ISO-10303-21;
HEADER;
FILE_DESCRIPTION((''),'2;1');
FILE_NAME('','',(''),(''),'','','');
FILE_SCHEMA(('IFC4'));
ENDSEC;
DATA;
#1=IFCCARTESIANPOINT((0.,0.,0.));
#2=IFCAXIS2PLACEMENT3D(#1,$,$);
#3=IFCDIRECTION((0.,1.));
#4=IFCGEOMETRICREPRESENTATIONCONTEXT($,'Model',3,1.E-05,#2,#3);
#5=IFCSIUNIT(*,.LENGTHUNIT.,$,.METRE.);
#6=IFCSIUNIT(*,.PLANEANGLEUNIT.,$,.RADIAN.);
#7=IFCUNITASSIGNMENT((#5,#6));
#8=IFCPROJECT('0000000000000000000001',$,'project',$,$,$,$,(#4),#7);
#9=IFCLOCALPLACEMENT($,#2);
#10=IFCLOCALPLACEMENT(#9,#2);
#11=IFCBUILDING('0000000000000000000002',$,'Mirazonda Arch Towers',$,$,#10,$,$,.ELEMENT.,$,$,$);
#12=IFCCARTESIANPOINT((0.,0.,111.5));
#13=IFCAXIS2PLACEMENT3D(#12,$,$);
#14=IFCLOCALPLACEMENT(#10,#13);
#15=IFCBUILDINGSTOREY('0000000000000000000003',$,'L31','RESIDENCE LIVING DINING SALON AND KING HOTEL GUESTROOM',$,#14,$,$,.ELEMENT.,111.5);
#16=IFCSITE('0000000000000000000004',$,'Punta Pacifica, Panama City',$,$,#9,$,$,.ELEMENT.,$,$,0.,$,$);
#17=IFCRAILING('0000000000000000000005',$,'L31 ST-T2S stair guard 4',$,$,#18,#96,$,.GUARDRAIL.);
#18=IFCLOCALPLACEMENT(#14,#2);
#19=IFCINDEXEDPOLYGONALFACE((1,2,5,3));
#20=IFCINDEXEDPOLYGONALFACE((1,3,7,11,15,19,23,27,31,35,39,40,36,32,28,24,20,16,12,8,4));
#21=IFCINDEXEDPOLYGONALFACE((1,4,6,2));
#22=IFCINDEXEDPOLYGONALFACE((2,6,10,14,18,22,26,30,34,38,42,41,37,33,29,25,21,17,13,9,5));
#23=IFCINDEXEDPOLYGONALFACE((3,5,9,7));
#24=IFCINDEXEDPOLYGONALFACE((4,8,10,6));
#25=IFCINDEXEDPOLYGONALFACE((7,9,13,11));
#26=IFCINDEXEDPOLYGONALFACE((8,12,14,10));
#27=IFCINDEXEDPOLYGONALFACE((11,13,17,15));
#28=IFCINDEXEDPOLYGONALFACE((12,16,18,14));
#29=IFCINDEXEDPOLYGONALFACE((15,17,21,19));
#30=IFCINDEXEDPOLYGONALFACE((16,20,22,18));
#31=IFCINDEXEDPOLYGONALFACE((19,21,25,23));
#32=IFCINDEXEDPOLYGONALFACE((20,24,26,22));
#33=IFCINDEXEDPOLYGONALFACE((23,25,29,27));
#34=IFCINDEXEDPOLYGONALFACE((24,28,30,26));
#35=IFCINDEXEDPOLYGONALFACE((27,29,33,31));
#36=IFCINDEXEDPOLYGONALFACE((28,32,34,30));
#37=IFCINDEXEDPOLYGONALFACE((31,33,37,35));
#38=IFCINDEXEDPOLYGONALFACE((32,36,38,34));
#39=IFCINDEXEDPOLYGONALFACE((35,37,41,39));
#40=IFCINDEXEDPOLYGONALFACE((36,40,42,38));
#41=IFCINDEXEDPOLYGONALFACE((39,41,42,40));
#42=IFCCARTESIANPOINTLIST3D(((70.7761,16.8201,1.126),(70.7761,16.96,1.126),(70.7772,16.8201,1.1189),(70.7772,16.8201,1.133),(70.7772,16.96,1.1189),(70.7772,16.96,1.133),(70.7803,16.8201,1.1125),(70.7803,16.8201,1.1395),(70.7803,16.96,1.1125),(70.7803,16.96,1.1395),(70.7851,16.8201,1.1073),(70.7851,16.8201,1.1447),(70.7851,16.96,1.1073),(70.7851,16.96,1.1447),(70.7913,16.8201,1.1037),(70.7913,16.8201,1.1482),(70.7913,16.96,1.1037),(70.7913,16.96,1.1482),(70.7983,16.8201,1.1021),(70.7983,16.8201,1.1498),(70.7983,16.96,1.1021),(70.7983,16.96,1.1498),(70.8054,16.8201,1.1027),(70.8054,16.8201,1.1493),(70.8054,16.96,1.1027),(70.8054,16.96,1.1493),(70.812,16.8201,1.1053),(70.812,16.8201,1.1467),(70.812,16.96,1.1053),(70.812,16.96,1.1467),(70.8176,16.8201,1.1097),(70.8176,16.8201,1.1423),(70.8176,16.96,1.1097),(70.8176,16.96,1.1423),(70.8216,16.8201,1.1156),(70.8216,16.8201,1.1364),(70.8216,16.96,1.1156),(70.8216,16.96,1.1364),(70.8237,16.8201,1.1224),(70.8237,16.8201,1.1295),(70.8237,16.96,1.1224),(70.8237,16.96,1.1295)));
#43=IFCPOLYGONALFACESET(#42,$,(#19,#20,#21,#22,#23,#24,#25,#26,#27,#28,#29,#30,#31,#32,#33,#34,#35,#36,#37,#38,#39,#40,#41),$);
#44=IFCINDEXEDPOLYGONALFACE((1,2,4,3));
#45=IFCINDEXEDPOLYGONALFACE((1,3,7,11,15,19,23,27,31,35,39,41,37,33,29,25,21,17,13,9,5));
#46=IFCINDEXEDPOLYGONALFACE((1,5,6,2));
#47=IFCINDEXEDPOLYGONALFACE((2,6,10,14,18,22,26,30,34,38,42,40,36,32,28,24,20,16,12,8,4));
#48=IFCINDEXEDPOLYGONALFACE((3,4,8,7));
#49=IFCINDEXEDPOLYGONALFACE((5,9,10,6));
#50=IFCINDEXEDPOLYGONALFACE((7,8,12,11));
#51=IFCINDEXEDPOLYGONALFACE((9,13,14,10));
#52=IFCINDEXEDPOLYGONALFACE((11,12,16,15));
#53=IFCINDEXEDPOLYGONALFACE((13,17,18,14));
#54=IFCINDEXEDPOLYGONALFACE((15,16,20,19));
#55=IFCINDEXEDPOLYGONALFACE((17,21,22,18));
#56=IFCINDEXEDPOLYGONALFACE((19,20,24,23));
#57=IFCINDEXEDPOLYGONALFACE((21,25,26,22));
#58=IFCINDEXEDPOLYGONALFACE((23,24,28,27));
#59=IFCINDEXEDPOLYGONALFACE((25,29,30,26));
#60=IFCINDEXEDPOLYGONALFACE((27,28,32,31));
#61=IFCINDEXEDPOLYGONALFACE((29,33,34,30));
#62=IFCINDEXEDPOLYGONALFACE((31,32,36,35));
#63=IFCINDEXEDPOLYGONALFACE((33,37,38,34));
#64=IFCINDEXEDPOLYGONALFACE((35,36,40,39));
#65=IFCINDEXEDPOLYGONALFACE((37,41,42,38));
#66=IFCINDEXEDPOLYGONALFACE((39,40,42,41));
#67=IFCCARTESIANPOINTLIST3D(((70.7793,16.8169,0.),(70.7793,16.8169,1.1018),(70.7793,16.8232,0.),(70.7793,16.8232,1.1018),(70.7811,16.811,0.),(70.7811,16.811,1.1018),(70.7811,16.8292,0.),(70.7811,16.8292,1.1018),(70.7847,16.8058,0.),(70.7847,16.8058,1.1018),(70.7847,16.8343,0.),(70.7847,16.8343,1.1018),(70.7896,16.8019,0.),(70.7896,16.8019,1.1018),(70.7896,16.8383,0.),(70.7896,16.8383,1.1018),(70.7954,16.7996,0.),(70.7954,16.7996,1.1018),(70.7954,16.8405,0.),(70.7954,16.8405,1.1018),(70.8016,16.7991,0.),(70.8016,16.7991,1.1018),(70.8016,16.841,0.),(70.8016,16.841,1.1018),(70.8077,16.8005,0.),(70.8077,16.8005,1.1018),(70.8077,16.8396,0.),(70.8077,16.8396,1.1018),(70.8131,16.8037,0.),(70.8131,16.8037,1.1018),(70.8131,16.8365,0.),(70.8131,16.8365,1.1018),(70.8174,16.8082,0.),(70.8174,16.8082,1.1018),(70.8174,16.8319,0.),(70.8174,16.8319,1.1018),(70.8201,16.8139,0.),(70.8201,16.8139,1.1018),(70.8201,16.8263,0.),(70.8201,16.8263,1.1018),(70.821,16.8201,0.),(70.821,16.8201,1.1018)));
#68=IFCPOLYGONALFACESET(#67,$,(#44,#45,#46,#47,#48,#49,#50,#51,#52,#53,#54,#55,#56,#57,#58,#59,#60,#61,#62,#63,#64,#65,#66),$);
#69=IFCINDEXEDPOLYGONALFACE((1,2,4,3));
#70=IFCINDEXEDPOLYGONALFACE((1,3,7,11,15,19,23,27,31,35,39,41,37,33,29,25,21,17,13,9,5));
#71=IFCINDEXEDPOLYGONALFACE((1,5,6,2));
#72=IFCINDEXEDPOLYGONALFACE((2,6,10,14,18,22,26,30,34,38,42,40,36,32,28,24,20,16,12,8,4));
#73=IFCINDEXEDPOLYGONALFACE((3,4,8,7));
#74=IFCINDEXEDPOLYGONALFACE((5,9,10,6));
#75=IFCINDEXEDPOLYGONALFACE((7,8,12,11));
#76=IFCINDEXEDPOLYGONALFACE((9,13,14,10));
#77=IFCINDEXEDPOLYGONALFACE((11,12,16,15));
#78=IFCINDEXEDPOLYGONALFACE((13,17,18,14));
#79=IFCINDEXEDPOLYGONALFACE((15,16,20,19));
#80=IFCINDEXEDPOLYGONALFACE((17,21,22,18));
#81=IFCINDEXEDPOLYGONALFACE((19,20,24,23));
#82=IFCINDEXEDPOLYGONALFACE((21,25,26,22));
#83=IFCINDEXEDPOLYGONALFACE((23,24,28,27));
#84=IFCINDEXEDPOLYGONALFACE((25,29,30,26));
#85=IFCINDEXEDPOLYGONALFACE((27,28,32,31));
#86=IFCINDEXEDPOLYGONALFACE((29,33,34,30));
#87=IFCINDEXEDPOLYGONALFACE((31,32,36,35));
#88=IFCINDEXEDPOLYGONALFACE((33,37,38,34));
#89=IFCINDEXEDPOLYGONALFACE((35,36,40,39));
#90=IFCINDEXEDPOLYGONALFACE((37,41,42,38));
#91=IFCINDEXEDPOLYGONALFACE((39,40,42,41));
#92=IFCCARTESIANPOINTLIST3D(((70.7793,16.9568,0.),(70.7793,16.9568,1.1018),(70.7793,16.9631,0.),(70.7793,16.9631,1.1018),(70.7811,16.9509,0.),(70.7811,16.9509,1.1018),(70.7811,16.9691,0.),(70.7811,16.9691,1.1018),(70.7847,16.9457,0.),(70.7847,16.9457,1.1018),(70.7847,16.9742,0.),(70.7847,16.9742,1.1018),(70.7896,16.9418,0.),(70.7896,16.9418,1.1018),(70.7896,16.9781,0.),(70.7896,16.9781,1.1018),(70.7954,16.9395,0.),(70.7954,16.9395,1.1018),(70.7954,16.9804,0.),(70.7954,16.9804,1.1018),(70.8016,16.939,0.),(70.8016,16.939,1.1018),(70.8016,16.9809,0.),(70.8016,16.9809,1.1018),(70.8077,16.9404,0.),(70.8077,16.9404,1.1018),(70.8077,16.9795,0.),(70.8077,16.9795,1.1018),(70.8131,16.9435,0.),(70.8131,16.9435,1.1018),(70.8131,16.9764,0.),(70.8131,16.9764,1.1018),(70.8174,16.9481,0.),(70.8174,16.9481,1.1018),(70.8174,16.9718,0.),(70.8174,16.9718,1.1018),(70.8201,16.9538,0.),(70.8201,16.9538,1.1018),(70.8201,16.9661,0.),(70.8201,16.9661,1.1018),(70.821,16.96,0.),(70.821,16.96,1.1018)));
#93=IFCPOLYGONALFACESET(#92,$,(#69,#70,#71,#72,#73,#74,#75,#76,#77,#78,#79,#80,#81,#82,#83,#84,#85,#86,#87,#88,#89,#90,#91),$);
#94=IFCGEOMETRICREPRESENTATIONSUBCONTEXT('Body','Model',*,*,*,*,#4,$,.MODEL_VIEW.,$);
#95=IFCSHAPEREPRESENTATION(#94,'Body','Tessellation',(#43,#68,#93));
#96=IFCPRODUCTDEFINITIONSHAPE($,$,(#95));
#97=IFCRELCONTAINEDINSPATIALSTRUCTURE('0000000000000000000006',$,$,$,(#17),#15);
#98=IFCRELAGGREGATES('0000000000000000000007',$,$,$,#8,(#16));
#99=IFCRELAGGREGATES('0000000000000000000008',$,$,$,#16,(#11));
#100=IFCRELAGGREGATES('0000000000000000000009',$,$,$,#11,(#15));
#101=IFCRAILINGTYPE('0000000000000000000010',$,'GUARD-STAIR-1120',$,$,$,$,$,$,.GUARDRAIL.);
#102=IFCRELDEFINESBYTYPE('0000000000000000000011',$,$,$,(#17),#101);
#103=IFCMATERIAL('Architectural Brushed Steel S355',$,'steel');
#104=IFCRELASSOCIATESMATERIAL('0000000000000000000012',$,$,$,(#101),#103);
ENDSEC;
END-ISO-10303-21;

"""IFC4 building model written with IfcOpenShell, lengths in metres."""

from ifc_helpers import new_model, si_unit, direction, frame, origin, origin_2d, place, context, subcontext, project, spatial, circle, extrude, material, type_object, element, save


model = new_model("IFC4")

# Units and contexts
model_context = context("Model", 3, precision=1e-05, world=origin(), true_north=direction((0.0, 1.0)))
body_context = subcontext(model_context, "Body", "Model", "MODEL_VIEW")
ifc_project = project(units=[si_unit("LENGTHUNIT", "METRE"), si_unit("PLANEANGLEUNIT", "RADIAN")], contexts=[model_context])

# Site, building, storey
site_placement = place(None, origin())
site = spatial("IfcSite", under=ifc_project, at=site_placement, Name="Punta Pacifica, Panama City", CompositionType="ELEMENT", RefElevation=0.0)
building_placement = place(site_placement, origin())
building = spatial("IfcBuilding", under=site, at=building_placement, Name="Mirazonda Arch Towers", CompositionType="ELEMENT")
storey_placement = place(building_placement, frame((0.0, 0.0, 111.5)))
storey = spatial("IfcBuildingStorey", under=building, at=storey_placement, Name="L31", Description="RESIDENCE LIVING DINING SALON AND KING HOTEL GUESTROOM", CompositionType="ELEMENT", Elevation=111.5)

# Railing
ifc_material_1 = material(Name="Architectural Brushed Steel S355", Category="steel")
railing_type = type_object("IfcRailingType", Name="GUARD-STAIR-1120", PredefinedType="GUARDRAIL", material=ifc_material_1)
railing_1_placement = place(storey_placement, frame((70.8, 16.8201, 0.0)))
element("IfcRailing", 1, at=railing_1_placement, inside=storey, type_object=railing_type, Name="L31 ST-T2S stair guard 4", PredefinedType="GUARDRAIL", context=body_context, shape_type="SweptSolid", body=[
    extrude(circle(Radius=0.0239, at=origin_2d()), frame((0.0, 0.0, 1.126), z_axis=(0.0, 1.0, 0.0), x_axis=(-1.0, 0.0, 0.0)), (0.0, 0.0, 1.0), 0.1399),
    extrude(circle(Radius=0.021, at=origin_2d()), origin(), (0.0, 0.0, 1.0), 1.1018),
    extrude(circle(Radius=0.021, at=origin_2d()), frame((0.0, 0.1399, 0.0)), (0.0, 0.0, 1.0), 1.1018),
])

save(model, "model.ifc")
